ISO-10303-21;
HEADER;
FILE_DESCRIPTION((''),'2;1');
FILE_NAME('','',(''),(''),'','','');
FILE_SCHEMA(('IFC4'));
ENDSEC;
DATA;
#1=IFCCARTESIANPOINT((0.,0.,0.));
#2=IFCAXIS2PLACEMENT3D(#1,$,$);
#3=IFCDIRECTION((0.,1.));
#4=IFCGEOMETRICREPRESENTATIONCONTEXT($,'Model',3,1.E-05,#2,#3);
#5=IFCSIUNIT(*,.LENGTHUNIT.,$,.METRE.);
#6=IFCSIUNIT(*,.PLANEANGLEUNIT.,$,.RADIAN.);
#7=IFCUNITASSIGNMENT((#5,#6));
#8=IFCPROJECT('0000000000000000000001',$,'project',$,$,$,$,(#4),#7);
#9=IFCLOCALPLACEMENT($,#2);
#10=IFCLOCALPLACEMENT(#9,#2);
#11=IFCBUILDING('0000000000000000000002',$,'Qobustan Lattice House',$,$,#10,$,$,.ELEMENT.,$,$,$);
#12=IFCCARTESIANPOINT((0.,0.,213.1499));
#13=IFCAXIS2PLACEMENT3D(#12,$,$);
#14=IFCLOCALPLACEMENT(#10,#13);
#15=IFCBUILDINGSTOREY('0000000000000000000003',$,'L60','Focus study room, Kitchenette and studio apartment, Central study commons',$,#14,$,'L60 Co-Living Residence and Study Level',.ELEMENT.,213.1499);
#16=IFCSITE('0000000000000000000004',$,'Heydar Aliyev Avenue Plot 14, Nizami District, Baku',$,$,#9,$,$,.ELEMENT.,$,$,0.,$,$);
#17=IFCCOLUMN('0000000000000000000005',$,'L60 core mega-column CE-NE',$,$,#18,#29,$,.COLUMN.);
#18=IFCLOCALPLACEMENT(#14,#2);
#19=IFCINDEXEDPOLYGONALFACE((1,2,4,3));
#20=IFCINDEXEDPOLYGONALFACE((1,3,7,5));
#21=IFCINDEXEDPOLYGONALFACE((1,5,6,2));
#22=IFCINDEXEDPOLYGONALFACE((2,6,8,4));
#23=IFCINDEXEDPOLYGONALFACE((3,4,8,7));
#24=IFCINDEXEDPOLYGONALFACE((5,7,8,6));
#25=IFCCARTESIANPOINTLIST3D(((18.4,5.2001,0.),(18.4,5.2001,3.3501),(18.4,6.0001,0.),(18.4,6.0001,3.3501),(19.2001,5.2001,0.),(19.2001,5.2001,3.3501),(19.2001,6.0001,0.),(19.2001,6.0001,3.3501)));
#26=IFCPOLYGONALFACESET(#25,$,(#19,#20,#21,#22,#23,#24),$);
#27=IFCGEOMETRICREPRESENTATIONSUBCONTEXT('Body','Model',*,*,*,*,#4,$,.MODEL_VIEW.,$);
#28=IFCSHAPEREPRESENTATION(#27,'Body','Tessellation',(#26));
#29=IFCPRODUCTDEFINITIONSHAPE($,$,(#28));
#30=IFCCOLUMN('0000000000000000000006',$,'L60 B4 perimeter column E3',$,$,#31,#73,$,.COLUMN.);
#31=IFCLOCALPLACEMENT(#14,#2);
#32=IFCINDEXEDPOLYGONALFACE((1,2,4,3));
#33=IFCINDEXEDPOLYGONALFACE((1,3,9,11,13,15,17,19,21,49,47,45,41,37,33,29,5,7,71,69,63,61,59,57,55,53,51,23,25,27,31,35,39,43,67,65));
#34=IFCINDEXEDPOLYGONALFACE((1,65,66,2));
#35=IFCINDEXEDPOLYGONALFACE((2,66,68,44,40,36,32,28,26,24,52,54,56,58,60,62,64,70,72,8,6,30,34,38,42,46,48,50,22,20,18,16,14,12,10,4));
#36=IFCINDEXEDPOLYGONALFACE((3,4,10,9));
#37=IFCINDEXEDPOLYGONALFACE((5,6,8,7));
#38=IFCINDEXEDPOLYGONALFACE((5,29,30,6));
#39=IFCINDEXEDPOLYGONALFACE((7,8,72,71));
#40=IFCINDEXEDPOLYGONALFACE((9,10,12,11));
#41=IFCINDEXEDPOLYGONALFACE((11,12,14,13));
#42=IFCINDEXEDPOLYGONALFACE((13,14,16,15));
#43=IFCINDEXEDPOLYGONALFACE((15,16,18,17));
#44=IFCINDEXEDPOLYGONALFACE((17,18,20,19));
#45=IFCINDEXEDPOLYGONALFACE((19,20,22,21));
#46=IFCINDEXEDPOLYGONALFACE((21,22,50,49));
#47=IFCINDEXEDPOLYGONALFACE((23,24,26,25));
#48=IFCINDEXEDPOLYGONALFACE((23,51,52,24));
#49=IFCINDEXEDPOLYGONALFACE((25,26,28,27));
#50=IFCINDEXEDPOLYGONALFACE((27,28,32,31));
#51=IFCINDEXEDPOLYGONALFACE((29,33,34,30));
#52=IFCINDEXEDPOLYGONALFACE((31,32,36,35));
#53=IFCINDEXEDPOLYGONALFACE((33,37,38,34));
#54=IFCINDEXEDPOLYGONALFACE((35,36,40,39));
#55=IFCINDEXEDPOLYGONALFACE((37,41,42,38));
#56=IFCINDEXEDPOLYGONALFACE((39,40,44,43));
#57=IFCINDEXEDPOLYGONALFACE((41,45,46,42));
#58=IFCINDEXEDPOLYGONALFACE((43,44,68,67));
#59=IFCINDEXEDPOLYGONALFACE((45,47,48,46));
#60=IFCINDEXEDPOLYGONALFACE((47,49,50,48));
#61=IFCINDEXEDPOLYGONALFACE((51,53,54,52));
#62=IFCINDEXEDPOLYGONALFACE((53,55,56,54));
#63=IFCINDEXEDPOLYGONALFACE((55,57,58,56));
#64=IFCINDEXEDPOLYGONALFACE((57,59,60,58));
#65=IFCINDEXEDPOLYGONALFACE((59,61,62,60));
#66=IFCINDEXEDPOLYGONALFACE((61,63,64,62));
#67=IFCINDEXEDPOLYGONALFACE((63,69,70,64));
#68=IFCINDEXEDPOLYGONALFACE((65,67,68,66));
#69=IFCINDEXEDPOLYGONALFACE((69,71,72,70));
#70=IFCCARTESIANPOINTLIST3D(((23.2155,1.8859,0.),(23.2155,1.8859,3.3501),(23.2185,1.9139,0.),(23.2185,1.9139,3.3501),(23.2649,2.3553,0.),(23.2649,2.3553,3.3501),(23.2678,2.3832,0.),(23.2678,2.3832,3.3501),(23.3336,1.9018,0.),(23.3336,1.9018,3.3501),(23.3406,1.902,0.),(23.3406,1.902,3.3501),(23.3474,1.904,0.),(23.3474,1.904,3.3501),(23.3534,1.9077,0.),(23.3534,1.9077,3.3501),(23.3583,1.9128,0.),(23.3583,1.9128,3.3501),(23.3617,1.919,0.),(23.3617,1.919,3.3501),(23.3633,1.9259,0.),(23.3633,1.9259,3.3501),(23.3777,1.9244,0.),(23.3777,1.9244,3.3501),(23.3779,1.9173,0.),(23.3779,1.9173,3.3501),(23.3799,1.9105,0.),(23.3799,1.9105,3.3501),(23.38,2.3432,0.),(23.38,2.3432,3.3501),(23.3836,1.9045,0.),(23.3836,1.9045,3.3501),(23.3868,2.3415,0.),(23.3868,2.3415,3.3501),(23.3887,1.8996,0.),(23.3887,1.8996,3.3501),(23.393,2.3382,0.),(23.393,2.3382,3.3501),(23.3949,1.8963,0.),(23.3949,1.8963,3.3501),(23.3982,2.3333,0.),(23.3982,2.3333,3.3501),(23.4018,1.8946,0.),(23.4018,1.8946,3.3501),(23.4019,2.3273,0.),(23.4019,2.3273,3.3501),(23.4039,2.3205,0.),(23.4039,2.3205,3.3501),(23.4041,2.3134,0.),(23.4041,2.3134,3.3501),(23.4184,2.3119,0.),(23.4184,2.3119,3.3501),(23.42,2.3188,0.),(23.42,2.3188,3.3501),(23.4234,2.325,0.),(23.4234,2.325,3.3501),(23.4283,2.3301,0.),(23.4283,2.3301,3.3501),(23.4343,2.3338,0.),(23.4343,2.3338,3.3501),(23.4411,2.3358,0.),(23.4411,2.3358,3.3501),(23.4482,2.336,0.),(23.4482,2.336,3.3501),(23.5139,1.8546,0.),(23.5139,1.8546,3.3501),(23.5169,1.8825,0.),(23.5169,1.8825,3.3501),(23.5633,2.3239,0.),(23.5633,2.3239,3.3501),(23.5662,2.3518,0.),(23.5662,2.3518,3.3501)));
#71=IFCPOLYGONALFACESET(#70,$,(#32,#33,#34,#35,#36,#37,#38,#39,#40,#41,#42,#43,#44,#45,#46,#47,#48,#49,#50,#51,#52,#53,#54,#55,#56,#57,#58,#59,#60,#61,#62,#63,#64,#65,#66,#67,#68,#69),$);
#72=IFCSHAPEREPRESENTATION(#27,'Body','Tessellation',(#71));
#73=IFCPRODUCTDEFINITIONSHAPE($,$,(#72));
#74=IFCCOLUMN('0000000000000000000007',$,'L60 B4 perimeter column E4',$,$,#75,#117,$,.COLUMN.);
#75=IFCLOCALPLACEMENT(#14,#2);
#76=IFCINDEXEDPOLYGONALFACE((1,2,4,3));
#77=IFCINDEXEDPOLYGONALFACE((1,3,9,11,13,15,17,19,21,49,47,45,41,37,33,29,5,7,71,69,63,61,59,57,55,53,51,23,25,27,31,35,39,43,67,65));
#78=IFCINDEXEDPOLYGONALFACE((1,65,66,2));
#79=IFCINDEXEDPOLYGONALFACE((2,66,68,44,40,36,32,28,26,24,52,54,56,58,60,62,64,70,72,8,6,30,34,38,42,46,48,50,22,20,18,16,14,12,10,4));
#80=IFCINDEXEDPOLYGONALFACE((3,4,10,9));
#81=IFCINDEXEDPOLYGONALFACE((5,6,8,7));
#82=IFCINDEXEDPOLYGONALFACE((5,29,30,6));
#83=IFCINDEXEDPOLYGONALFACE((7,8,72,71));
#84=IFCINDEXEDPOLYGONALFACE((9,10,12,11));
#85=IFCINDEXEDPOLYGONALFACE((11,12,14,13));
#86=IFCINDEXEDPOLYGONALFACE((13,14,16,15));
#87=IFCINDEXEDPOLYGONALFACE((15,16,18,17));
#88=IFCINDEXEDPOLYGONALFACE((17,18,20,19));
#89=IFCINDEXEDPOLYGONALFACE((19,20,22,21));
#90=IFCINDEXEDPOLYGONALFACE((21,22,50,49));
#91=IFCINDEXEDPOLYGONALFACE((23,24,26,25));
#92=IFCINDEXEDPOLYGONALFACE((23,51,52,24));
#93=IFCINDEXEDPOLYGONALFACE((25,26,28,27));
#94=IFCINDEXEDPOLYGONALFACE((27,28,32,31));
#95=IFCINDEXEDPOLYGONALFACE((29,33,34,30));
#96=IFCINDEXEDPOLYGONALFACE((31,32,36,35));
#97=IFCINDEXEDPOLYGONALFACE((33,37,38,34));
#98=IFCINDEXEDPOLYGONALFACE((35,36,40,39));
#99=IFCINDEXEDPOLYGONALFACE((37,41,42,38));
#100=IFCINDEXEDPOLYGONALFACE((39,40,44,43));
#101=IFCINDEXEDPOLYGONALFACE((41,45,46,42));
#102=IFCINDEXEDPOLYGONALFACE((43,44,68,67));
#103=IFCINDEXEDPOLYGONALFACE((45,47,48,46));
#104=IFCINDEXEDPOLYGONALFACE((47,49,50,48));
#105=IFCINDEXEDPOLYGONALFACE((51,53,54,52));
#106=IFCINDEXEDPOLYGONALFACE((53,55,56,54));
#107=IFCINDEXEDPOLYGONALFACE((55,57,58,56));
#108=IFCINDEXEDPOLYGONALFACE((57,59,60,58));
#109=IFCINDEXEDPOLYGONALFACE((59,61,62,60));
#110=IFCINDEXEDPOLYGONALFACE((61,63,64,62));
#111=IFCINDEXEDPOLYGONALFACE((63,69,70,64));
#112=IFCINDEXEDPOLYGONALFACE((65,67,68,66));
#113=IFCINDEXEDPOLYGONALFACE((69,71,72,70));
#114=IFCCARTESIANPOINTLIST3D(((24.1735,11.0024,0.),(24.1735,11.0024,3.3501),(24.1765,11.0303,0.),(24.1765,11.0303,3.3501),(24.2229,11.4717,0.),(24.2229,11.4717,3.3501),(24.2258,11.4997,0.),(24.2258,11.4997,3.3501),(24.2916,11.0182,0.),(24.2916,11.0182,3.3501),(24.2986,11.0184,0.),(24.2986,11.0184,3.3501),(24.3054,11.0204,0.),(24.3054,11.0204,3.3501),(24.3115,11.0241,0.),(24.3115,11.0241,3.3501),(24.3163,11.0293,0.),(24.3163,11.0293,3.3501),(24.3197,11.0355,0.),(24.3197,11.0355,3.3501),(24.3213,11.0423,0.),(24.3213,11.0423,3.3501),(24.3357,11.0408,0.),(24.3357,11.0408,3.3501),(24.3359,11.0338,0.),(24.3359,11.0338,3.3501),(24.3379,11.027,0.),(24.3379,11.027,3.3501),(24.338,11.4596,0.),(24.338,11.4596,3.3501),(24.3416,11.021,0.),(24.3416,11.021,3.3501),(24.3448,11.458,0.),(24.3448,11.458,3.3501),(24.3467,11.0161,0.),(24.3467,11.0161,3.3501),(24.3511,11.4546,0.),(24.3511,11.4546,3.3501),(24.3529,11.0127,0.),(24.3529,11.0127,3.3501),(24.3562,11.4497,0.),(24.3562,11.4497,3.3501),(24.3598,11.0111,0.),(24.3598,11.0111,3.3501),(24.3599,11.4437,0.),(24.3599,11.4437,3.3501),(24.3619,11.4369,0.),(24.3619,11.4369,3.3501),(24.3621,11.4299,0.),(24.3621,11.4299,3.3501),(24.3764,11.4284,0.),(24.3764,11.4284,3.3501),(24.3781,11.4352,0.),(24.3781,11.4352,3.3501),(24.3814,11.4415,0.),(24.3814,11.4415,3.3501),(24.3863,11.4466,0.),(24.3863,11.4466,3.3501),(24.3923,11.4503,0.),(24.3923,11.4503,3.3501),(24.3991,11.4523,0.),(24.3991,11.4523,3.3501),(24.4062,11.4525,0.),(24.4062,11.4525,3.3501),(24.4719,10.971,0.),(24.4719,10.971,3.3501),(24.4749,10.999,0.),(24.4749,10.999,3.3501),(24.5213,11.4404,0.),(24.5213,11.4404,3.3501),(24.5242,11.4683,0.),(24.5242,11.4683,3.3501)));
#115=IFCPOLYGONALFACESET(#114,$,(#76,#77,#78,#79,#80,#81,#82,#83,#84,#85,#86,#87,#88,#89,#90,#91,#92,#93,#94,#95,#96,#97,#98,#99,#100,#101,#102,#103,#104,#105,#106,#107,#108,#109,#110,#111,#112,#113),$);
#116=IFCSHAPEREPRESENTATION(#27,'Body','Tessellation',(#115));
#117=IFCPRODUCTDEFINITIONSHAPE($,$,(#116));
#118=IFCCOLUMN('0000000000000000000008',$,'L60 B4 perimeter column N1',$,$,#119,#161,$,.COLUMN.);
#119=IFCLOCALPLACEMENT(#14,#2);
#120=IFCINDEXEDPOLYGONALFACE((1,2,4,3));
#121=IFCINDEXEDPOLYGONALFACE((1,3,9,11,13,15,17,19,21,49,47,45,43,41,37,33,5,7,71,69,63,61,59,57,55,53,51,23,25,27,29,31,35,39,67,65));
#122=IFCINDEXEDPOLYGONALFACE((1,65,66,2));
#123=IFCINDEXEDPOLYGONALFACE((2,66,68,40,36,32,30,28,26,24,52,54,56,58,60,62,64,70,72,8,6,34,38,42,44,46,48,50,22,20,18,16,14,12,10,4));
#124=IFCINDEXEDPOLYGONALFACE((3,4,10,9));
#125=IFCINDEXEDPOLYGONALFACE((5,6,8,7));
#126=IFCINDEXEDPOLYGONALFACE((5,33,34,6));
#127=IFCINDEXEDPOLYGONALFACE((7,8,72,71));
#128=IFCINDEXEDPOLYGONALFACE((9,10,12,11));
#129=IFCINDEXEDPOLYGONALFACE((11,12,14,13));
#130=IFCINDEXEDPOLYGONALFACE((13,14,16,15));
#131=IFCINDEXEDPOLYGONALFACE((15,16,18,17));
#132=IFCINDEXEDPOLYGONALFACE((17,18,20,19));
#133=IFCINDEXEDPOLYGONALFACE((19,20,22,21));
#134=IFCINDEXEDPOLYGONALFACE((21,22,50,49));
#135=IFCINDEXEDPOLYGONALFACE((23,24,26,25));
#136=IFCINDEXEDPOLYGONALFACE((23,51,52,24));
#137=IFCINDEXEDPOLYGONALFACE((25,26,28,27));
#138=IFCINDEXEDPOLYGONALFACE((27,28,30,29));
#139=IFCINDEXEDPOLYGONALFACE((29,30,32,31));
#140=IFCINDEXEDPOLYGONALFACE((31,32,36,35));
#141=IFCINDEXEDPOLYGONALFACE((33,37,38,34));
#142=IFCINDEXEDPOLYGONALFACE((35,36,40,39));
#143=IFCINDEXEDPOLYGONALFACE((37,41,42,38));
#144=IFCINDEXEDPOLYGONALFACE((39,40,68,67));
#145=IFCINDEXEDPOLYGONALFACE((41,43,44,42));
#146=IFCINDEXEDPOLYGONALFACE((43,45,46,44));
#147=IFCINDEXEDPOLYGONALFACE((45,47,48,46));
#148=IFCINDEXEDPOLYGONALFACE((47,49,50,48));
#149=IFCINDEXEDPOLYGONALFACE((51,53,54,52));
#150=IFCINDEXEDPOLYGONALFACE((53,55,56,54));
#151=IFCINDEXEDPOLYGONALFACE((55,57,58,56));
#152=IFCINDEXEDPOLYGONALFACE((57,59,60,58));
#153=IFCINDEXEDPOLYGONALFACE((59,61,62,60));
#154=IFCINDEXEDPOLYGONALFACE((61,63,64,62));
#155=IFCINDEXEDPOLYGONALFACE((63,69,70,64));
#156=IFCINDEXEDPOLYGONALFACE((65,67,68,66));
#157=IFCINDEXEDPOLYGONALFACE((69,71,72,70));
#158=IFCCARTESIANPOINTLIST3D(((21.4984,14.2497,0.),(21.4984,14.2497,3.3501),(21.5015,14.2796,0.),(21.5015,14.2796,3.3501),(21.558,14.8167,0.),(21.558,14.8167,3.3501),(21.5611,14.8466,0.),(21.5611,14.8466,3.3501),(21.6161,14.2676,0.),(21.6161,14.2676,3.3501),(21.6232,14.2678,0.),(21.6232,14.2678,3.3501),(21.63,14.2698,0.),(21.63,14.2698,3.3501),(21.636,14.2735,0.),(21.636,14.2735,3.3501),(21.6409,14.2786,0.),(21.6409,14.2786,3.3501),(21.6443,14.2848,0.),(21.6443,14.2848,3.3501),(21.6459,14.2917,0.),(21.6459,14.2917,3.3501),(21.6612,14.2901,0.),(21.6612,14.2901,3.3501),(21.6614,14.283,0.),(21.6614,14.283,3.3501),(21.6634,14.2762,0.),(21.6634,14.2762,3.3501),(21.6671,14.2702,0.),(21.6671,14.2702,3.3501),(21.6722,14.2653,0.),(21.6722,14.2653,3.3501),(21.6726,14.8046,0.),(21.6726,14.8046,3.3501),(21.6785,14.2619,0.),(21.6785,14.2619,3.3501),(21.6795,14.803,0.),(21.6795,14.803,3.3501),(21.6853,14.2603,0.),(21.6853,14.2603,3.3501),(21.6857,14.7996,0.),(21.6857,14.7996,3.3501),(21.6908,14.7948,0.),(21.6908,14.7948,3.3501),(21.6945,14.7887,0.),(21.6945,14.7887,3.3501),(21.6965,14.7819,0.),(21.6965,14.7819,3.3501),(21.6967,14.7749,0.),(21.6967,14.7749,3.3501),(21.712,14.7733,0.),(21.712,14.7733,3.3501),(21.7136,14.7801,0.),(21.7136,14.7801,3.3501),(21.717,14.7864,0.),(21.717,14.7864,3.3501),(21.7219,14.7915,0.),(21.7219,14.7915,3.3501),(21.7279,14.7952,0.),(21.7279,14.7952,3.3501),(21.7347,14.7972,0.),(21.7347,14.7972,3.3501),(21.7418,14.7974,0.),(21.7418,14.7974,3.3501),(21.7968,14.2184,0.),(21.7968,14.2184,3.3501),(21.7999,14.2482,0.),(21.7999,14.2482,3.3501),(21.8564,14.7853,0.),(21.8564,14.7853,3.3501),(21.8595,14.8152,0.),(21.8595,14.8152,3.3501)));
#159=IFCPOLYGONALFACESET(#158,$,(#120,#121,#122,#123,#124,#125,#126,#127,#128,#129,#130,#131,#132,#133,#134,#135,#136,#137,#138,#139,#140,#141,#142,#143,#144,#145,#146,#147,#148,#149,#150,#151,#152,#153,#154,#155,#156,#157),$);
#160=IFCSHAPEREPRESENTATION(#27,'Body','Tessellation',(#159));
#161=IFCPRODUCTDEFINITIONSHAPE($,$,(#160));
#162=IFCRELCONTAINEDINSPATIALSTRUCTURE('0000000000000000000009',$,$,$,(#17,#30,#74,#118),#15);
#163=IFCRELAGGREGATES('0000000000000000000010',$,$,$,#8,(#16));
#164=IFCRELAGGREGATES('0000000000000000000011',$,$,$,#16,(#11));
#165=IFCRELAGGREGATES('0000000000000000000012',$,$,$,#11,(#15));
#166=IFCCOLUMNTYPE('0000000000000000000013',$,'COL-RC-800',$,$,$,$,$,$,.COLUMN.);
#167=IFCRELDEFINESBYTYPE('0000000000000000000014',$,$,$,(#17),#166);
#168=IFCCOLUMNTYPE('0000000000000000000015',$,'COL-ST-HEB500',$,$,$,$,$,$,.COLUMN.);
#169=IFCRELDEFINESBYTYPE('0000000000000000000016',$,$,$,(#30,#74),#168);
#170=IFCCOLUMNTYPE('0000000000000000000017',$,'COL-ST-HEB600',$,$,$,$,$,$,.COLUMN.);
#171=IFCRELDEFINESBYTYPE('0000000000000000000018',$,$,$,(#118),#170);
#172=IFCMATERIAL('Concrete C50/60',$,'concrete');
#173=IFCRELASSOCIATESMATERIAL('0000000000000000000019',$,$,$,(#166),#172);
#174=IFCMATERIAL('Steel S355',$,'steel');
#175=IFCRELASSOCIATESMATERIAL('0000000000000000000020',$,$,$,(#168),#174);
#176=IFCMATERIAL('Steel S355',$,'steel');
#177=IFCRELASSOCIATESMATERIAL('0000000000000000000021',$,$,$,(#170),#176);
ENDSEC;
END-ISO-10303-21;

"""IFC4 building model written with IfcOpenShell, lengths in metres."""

from ifc_helpers import new_model, si_unit, direction, frame, origin, origin_2d, place, context, subcontext, project, spatial, rectangle, i_section, extrude, material, material_profile, profile_set, type_object, element, save


model = new_model("IFC4")

# Units and contexts
model_context = context("Model", 3, precision=1e-05, world=origin(), true_north=direction((0.0, 1.0)))
body_context = subcontext(model_context, "Body", "Model", "MODEL_VIEW")
ifc_project = project(units=[si_unit("LENGTHUNIT", "METRE"), si_unit("PLANEANGLEUNIT", "RADIAN")], contexts=[model_context])

# Site, building, storey
site_placement = place(None, origin())
site = spatial("IfcSite", under=ifc_project, at=site_placement, Name="Heydar Aliyev Avenue Plot 14, Nizami District, Baku", CompositionType="ELEMENT", RefElevation=0.0)
building_placement = place(site_placement, origin())
building = spatial("IfcBuilding", under=site, at=building_placement, Name="Qobustan Lattice House", CompositionType="ELEMENT")
storey_placement = place(building_placement, frame((0.0, 0.0, 213.1499)))
storey = spatial("IfcBuildingStorey", under=building, at=storey_placement, Name="L60", Description="Focus study room, Kitchenette and studio apartment, Central study commons", LongName="L60 Co-Living Residence and Study Level", CompositionType="ELEMENT", Elevation=213.1499)

# Columns
ifc_material_1 = material(Name="Concrete C50/60", Category="concrete")
ifc_material_profile_1 = material_profile(ifc_material_1, rectangle(XDim=0.8, YDim=0.8, at=origin_2d()), Name="RC800x800")
ifc_profile_set_1 = profile_set([ifc_material_profile_1], Name="Concrete C50/60")
column_type_1 = type_object("IfcColumnType", Name="COL-RC-800", PredefinedType="COLUMN", material=ifc_profile_set_1)
column_1_placement = place(storey_placement, frame((18.8, 5.6001, 0.0), z_axis=(0.0, 0.0, 1.0), x_axis=(1.0, 0.0, 0.0)))
element("IfcColumn", 1, at=column_1_placement, inside=storey, type_object=column_type_1, Name="L60 core mega-column CE-NE", PredefinedType="COLUMN", context=body_context, shape_type="SweptSolid", body=[
    extrude(rectangle(XDim=0.8, YDim=0.8, at=origin_2d()), origin(), (0.0, 0.0, 1.0), 3.3501),
])
ifc_material_2 = material(Name="Steel S355", Category="steel")
ifc_material_profile_2 = material_profile(ifc_material_2, i_section(OverallWidth=0.3, OverallDepth=0.5, WebThickness=0.0144, FlangeThickness=0.0281, FilletRadius=0.0271, at=origin_2d()), Name="HEB500")
ifc_profile_set_2 = profile_set([ifc_material_profile_2], Name="Steel S355")
column_type_2 = type_object("IfcColumnType", Name="COL-ST-HEB500", PredefinedType="COLUMN", material=ifc_profile_set_2)
for number, where, z_axis, x_axis, name in (
    (2, (23.3909, 2.1189, 0.0), (0.0, 0.0, 1.0), (0.994522, -0.104528, 0.0), "L60 B4 perimeter column E3"),
    (3, (24.3489, 11.2354, 0.0), (0.0, 0.0, 1.0), (0.994522, -0.104528, 0.0), "L60 B4 perimeter column E4"),
):
    element("IfcColumn", number, at=place(storey_placement, frame(where, z_axis=z_axis, x_axis=x_axis)), inside=storey, type_object=column_type_2, Name=name, PredefinedType="COLUMN", context=body_context, shape_type="SweptSolid", body=[
        extrude(i_section(OverallWidth=0.3, OverallDepth=0.5, WebThickness=0.0144, FlangeThickness=0.0281, FilletRadius=0.0271, at=origin_2d()), origin(), (0.0, 0.0, 1.0), 3.3501),
    ])
ifc_material_3 = material(Name="Steel S355", Category="steel")
ifc_material_profile_3 = material_profile(ifc_material_3, i_section(OverallWidth=0.3, OverallDepth=0.6001, WebThickness=0.0154, FlangeThickness=0.03, FilletRadius=0.0271, at=origin_2d()), Name="HEB600")
ifc_profile_set_3 = profile_set([ifc_material_profile_3], Name="Steel S355")
column_type_3 = type_object("IfcColumnType", Name="COL-ST-HEB600", PredefinedType="COLUMN", material=ifc_profile_set_3)
column_2_placement = place(storey_placement, frame((21.679, 14.5325, 0.0), z_axis=(0.0, 0.0, 1.0), x_axis=(0.994522, -0.104528, 0.0)))
element("IfcColumn", 4, at=column_2_placement, inside=storey, type_object=column_type_3, Name="L60 B4 perimeter column N1", PredefinedType="COLUMN", context=body_context, shape_type="SweptSolid", body=[
    extrude(i_section(OverallWidth=0.3, OverallDepth=0.6001, WebThickness=0.0154, FlangeThickness=0.03, FilletRadius=0.0271, at=origin_2d()), origin(), (0.0, 0.0, 1.0), 3.3501),
])

save(model, "model.ifc")
